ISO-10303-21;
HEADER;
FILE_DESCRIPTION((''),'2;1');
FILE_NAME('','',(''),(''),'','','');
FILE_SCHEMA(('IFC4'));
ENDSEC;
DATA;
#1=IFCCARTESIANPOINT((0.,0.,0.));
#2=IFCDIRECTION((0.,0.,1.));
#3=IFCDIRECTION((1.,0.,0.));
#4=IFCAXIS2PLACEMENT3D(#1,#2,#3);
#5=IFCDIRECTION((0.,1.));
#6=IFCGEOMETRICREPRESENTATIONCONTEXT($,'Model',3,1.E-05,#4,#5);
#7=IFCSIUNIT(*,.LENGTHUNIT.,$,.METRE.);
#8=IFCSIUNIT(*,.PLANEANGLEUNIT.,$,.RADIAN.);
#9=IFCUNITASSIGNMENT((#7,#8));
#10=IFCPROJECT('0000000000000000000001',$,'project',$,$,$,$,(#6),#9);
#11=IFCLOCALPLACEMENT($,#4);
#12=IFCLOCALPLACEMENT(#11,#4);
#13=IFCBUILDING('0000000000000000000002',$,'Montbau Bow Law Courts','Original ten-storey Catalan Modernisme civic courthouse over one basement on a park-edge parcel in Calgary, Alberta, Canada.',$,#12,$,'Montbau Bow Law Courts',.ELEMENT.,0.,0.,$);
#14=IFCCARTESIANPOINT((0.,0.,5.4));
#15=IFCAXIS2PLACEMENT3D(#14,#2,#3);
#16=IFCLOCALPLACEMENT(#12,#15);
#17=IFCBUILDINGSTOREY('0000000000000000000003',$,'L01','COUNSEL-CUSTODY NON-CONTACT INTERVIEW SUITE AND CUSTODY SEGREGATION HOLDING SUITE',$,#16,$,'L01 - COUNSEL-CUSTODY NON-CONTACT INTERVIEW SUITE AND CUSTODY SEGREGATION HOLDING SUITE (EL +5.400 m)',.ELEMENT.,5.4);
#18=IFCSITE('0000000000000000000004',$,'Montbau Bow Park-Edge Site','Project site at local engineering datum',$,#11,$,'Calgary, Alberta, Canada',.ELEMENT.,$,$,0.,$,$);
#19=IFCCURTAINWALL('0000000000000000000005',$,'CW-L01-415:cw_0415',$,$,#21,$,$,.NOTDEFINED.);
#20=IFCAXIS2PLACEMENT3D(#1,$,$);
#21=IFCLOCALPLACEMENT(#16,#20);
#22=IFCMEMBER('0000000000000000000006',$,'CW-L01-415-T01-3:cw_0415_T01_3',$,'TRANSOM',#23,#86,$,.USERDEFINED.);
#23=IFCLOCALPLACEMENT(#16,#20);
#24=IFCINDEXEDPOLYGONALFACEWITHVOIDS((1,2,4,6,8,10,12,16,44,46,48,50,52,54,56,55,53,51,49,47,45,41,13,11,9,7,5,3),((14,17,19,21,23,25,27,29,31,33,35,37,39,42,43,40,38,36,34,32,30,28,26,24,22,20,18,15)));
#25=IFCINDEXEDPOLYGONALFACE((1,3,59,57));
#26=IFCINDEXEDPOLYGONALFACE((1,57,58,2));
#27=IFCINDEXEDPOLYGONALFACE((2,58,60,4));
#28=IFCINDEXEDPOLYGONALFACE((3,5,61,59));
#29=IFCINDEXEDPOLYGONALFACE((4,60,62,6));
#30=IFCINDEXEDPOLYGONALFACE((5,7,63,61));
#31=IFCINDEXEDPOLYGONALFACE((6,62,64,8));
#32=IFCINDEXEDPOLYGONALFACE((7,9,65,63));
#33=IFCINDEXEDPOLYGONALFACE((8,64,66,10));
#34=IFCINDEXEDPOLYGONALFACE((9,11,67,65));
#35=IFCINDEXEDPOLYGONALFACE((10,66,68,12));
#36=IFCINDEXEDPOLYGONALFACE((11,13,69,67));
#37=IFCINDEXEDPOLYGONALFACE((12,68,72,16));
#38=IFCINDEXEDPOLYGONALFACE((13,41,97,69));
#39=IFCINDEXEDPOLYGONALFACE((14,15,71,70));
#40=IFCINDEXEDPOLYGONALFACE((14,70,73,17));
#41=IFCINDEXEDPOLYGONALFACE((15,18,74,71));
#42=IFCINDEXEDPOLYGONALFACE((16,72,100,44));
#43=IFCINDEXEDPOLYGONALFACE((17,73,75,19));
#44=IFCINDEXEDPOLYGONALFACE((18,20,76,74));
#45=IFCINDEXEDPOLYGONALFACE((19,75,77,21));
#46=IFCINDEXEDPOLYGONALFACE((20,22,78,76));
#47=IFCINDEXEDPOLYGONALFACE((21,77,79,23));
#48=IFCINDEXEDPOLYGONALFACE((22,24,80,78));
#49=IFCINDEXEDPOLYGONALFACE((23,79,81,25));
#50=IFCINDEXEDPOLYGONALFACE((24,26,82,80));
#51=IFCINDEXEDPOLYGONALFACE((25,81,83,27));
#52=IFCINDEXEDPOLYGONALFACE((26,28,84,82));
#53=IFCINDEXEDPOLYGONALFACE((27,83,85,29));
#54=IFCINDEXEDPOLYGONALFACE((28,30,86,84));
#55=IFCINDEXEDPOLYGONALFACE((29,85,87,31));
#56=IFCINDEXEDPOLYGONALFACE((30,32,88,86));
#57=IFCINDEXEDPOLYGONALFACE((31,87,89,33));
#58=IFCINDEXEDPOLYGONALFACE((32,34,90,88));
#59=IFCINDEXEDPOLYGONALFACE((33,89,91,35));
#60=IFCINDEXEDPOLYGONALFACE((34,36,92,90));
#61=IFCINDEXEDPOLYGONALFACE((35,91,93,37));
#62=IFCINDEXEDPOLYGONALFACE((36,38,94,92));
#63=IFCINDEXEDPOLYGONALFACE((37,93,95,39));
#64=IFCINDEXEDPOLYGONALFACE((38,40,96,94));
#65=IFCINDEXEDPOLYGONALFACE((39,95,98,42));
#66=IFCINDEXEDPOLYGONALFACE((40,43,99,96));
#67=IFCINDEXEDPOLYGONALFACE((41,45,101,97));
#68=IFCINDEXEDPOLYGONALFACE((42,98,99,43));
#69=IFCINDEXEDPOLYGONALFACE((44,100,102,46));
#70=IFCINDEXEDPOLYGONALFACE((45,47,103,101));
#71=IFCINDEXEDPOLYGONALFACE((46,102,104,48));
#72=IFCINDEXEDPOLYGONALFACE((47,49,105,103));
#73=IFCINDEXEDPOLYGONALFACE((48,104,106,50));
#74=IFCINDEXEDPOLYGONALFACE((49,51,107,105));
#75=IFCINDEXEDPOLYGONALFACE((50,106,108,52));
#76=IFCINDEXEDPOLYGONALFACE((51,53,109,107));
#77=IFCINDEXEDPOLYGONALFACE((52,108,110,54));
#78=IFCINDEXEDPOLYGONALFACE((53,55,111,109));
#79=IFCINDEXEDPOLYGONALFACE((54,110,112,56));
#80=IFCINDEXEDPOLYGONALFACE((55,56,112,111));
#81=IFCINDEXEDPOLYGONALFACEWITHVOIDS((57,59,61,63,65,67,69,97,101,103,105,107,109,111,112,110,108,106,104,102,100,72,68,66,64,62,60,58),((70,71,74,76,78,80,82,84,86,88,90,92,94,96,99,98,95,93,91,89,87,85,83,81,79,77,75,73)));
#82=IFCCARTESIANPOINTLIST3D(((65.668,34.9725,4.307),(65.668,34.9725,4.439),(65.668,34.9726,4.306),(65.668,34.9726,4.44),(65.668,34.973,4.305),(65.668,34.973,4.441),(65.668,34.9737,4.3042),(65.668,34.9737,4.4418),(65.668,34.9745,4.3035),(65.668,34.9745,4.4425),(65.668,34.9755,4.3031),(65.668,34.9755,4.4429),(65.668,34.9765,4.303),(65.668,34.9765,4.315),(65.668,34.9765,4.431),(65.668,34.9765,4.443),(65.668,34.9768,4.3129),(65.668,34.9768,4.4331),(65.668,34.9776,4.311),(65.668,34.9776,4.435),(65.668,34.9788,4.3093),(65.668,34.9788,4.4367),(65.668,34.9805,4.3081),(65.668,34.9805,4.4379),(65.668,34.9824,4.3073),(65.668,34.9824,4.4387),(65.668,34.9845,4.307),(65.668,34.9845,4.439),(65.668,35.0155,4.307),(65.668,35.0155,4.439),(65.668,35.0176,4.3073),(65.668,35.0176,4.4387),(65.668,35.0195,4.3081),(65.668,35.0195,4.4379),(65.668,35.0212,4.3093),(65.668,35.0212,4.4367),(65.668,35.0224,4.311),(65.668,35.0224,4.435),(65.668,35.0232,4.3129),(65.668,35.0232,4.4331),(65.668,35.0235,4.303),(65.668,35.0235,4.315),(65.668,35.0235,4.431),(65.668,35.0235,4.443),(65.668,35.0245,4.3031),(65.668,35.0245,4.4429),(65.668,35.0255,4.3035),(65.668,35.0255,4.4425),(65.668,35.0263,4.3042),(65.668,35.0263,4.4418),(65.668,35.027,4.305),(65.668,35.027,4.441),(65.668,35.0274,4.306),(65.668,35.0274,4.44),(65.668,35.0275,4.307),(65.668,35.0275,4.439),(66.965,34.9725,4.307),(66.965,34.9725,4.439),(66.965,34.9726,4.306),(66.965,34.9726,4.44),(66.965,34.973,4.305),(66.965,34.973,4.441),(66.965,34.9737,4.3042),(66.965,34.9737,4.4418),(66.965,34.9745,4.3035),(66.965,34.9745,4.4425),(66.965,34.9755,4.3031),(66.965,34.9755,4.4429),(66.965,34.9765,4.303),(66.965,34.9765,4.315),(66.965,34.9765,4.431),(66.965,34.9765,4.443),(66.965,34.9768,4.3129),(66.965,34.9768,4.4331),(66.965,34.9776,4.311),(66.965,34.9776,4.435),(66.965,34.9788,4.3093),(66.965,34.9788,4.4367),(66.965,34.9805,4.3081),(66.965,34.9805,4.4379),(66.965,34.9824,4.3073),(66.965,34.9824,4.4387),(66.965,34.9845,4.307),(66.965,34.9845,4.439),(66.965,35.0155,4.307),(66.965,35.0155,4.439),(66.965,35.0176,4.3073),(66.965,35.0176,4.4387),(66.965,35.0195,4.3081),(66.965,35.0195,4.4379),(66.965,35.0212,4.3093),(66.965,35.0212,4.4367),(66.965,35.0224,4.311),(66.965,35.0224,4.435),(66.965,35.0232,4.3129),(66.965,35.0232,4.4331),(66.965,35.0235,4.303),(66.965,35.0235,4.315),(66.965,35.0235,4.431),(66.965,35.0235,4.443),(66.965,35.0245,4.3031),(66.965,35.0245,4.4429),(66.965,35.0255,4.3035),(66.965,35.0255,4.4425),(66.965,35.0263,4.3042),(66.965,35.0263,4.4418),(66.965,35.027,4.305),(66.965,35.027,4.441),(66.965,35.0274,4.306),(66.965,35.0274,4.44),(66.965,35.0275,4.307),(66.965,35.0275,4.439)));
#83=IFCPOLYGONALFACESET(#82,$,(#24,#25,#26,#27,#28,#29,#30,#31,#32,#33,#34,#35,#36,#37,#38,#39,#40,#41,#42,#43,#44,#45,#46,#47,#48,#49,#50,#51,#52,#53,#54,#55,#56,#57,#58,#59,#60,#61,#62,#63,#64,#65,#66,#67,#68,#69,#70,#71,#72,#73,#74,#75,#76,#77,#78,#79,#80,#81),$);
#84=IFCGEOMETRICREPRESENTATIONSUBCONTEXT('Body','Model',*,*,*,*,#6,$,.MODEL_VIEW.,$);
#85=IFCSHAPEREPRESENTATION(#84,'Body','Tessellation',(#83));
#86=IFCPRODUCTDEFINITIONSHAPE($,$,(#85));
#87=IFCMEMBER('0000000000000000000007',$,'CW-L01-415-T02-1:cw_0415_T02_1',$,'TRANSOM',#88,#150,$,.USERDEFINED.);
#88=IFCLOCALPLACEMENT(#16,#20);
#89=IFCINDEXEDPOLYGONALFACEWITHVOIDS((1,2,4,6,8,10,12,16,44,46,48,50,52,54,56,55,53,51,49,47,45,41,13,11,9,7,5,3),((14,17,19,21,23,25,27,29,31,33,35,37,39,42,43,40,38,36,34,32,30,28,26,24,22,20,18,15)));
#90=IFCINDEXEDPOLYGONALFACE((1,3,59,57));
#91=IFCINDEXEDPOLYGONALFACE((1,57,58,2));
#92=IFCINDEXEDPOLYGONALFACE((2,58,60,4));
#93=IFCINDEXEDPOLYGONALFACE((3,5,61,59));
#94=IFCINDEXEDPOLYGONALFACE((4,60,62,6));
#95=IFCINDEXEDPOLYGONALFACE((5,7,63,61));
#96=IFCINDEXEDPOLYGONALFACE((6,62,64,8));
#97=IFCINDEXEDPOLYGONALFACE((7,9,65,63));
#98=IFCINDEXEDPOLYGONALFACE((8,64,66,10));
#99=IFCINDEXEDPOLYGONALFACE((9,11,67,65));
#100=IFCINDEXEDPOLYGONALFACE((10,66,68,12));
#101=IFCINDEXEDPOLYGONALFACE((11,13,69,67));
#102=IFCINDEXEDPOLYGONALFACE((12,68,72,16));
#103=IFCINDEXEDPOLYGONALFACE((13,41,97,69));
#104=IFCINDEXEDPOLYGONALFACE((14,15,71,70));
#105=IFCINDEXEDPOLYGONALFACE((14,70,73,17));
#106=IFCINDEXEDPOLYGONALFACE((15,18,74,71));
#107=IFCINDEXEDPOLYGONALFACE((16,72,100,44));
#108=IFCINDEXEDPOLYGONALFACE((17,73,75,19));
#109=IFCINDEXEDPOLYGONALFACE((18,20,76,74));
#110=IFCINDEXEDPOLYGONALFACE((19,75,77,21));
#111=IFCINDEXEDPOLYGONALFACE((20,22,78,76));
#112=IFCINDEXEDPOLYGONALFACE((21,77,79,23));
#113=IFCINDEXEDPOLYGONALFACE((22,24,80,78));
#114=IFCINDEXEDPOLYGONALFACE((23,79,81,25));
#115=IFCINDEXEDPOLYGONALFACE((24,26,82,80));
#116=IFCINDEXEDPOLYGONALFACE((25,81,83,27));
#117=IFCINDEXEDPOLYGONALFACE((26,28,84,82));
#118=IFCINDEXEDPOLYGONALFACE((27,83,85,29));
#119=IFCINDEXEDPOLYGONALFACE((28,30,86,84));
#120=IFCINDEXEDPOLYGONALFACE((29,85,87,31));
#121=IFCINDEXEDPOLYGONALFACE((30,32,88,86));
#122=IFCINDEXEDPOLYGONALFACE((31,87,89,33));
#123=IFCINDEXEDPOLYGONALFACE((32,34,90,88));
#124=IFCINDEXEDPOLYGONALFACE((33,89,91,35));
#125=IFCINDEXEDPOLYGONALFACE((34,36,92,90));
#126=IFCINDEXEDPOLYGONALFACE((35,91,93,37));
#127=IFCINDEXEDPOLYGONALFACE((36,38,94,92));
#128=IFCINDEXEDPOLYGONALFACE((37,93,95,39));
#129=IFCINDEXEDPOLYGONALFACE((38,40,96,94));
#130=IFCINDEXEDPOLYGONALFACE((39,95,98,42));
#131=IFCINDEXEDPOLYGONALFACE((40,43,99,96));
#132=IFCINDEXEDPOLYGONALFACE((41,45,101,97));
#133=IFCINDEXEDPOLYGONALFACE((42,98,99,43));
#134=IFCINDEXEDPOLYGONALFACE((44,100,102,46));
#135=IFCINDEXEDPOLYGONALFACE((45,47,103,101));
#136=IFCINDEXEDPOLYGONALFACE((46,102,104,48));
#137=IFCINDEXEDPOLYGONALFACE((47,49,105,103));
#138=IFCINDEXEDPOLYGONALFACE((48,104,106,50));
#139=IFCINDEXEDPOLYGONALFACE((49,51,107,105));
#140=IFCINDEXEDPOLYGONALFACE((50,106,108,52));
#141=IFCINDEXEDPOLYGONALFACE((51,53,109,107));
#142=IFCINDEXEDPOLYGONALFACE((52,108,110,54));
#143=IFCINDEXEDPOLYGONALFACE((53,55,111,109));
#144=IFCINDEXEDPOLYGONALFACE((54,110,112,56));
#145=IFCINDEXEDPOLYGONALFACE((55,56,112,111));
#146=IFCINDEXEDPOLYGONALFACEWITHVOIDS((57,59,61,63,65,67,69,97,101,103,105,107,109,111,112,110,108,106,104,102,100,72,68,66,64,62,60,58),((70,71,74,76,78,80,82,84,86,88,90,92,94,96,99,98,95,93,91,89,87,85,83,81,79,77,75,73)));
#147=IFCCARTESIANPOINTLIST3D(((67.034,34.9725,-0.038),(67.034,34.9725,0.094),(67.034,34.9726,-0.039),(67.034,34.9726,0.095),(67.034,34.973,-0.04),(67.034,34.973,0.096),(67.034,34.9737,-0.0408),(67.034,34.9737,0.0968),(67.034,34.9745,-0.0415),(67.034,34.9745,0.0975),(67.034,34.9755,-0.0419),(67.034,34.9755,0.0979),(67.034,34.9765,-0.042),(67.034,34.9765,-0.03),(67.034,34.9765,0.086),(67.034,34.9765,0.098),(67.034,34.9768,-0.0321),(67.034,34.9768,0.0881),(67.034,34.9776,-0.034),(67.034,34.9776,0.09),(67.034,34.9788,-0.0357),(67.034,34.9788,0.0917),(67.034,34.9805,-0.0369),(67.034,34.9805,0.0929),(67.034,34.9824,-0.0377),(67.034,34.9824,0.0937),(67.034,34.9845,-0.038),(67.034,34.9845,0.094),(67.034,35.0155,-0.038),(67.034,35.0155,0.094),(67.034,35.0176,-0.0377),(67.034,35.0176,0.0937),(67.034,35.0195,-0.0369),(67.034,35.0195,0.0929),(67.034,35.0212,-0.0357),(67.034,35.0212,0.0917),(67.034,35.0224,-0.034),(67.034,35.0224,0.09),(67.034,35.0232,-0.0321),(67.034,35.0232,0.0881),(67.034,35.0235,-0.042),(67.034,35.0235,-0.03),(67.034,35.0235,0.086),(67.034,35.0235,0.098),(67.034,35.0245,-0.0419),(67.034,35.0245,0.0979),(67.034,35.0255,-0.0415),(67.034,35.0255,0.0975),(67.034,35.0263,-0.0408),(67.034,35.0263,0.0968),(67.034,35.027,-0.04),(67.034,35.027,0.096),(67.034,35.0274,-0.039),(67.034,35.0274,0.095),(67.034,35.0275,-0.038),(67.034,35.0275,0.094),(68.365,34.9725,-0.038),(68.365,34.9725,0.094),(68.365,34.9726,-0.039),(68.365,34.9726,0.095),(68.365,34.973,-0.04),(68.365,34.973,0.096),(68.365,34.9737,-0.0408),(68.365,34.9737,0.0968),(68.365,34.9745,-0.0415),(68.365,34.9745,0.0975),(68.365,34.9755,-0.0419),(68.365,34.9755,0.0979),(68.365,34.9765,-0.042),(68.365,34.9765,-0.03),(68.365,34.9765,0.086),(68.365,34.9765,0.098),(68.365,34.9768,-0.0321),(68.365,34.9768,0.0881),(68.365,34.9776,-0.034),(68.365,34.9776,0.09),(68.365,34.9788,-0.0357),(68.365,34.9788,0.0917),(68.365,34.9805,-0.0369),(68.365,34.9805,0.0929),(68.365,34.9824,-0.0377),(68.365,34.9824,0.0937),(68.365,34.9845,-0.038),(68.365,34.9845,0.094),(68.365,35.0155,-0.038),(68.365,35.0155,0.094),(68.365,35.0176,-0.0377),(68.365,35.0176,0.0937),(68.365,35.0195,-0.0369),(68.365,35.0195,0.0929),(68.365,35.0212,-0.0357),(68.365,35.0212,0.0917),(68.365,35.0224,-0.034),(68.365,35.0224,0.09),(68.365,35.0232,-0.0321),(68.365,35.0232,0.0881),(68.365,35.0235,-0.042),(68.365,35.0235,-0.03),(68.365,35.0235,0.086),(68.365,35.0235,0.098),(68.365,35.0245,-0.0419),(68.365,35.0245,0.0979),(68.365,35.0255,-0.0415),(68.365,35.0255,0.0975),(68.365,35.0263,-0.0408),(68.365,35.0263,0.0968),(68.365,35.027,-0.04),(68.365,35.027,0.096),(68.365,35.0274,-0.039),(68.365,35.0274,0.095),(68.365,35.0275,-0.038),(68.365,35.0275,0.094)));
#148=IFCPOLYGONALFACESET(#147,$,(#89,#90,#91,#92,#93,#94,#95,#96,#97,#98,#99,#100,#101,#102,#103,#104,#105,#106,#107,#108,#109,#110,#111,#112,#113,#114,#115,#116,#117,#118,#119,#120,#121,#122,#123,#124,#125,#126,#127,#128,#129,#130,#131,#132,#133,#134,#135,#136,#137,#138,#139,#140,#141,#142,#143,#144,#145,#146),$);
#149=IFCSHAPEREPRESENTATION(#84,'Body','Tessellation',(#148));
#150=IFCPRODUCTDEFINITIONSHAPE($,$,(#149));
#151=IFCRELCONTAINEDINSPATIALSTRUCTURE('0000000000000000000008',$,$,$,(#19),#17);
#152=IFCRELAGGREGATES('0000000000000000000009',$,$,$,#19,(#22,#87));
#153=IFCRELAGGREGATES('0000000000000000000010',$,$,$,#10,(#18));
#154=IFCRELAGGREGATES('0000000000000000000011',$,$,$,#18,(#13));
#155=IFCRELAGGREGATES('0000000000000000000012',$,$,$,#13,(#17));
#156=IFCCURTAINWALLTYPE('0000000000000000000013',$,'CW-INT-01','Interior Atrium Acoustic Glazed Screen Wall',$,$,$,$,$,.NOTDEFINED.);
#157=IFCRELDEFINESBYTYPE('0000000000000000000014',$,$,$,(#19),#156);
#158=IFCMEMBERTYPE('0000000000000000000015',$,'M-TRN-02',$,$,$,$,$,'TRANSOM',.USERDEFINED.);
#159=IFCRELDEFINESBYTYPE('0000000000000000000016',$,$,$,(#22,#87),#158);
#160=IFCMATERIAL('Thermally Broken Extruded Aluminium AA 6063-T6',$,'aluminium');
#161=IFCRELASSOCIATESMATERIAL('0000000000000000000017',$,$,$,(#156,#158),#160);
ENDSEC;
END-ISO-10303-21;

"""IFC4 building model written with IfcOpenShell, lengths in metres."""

from ifc_helpers import new_model, si_unit, direction, frame, origin_with_axes, origin_2d_with_axis, place, context, subcontext, project, spatial, hollow_rectangle, extrude, material, material_profile, profile_set, type_object, element, aggregate, save


model = new_model("IFC4")

# Units and contexts
model_context = context("Model", 3, precision=1e-05, world=origin_with_axes(), true_north=direction((0.0, 1.0)))
body_context = subcontext(model_context, "Body", "Model", "MODEL_VIEW")
ifc_project = project(units=[si_unit("LENGTHUNIT", "METRE"), si_unit("PLANEANGLEUNIT", "RADIAN")], contexts=[model_context])

# Site, building, storey
site_placement = place(None, origin_with_axes())
site = spatial("IfcSite", under=ifc_project, at=site_placement, Name="Montbau Bow Park-Edge Site", Description="Project site at local engineering datum", LongName="Calgary, Alberta, Canada", CompositionType="ELEMENT", RefElevation=0.0)
building_placement = place(site_placement, origin_with_axes())
building = spatial("IfcBuilding", under=site, at=building_placement, Name="Montbau Bow Law Courts", Description="Original ten-storey Catalan Modernisme civic courthouse over one basement on a park-edge parcel in Calgary, Alberta, Canada.", LongName="Montbau Bow Law Courts", CompositionType="ELEMENT", ElevationOfRefHeight=0.0, ElevationOfTerrain=0.0)
storey_placement = place(building_placement, frame((0.0, 0.0, 5.4), z_axis=(0.0, 0.0, 1.0), x_axis=(1.0, 0.0, 0.0)))
storey = spatial("IfcBuildingStorey", under=building, at=storey_placement, Name="L01", Description="COUNSEL-CUSTODY NON-CONTACT INTERVIEW SUITE AND CUSTODY SEGREGATION HOLDING SUITE", LongName="L01 - COUNSEL-CUSTODY NON-CONTACT INTERVIEW SUITE AND CUSTODY SEGREGATION HOLDING SUITE (EL +5.400 m)", CompositionType="ELEMENT", Elevation=5.4)

# Shared definitions
ifc_material_1 = material(Name="Thermally Broken Extruded Aluminium AA 6063-T6", Category="aluminium")

# Curtain wall
curtain_wall_type_1 = type_object("IfcCurtainWallType", Name="CW-INT-01", Description="Interior Atrium Acoustic Glazed Screen Wall", PredefinedType="NOTDEFINED", material=ifc_material_1)
curtain_wall_1_placement = place(None, frame((65.6, 35.0, 5.4), z_axis=(0.0, 0.0, 1.0), x_axis=(1.0, 0.0, 0.0)))
curtain_wall_1 = element("IfcCurtainWall", 1, at=curtain_wall_1_placement, inside=storey, type_object=curtain_wall_type_1, Name="CW-L01-415:cw_0415", PredefinedType="NOTDEFINED")

# Members
ifc_material_profile_1 = material_profile(ifc_material_1, hollow_rectangle(XDim=0.055, YDim=0.14, WallThickness=0.004, InnerFilletRadius=0.008, OuterFilletRadius=0.004, at=origin_2d_with_axis()), Name="CWT-140X55", Category="Main", Priority=0)
ifc_profile_set_1 = profile_set([ifc_material_profile_1], Name="Thermally Broken Extruded Aluminium AA 6063-T6")
member_type_1 = type_object("IfcMemberType", Name="M-TRN-02", ElementType="TRANSOM", PredefinedType="USERDEFINED", material=ifc_profile_set_1)
member_1_placement = place(None, frame((65.668, 35.0, 9.773), z_axis=(1.0, 0.0, 0.0), x_axis=(0.0, 1.0, 0.0)))
member_1 = element("IfcMember", 2, at=member_1_placement, type_object=member_type_1, Name="CW-L01-415-T01-3:cw_0415_T01_3", ObjectType="TRANSOM", PredefinedType="USERDEFINED", context=body_context, shape_type="SweptSolid", body=[
    extrude(hollow_rectangle(XDim=0.055, YDim=0.14, WallThickness=0.004, InnerFilletRadius=0.008, OuterFilletRadius=0.004, at=origin_2d_with_axis()), origin_with_axes(), (0.0, 0.0, 1.0), 1.297),
])
member_2_placement = place(None, frame((67.034, 35.0, 5.428), z_axis=(1.0, 0.0, 0.0), x_axis=(0.0, 1.0, 0.0)))
member_2 = element("IfcMember", 3, at=member_2_placement, type_object=member_type_1, Name="CW-L01-415-T02-1:cw_0415_T02_1", ObjectType="TRANSOM", PredefinedType="USERDEFINED", context=body_context, shape_type="SweptSolid", body=[
    extrude(hollow_rectangle(XDim=0.055, YDim=0.14, WallThickness=0.004, InnerFilletRadius=0.008, OuterFilletRadius=0.004, at=origin_2d_with_axis()), origin_with_axes(), (0.0, 0.0, 1.0), 1.331),
])

aggregate(curtain_wall_1, [member_1, member_2])

save(model, "model.ifc")
